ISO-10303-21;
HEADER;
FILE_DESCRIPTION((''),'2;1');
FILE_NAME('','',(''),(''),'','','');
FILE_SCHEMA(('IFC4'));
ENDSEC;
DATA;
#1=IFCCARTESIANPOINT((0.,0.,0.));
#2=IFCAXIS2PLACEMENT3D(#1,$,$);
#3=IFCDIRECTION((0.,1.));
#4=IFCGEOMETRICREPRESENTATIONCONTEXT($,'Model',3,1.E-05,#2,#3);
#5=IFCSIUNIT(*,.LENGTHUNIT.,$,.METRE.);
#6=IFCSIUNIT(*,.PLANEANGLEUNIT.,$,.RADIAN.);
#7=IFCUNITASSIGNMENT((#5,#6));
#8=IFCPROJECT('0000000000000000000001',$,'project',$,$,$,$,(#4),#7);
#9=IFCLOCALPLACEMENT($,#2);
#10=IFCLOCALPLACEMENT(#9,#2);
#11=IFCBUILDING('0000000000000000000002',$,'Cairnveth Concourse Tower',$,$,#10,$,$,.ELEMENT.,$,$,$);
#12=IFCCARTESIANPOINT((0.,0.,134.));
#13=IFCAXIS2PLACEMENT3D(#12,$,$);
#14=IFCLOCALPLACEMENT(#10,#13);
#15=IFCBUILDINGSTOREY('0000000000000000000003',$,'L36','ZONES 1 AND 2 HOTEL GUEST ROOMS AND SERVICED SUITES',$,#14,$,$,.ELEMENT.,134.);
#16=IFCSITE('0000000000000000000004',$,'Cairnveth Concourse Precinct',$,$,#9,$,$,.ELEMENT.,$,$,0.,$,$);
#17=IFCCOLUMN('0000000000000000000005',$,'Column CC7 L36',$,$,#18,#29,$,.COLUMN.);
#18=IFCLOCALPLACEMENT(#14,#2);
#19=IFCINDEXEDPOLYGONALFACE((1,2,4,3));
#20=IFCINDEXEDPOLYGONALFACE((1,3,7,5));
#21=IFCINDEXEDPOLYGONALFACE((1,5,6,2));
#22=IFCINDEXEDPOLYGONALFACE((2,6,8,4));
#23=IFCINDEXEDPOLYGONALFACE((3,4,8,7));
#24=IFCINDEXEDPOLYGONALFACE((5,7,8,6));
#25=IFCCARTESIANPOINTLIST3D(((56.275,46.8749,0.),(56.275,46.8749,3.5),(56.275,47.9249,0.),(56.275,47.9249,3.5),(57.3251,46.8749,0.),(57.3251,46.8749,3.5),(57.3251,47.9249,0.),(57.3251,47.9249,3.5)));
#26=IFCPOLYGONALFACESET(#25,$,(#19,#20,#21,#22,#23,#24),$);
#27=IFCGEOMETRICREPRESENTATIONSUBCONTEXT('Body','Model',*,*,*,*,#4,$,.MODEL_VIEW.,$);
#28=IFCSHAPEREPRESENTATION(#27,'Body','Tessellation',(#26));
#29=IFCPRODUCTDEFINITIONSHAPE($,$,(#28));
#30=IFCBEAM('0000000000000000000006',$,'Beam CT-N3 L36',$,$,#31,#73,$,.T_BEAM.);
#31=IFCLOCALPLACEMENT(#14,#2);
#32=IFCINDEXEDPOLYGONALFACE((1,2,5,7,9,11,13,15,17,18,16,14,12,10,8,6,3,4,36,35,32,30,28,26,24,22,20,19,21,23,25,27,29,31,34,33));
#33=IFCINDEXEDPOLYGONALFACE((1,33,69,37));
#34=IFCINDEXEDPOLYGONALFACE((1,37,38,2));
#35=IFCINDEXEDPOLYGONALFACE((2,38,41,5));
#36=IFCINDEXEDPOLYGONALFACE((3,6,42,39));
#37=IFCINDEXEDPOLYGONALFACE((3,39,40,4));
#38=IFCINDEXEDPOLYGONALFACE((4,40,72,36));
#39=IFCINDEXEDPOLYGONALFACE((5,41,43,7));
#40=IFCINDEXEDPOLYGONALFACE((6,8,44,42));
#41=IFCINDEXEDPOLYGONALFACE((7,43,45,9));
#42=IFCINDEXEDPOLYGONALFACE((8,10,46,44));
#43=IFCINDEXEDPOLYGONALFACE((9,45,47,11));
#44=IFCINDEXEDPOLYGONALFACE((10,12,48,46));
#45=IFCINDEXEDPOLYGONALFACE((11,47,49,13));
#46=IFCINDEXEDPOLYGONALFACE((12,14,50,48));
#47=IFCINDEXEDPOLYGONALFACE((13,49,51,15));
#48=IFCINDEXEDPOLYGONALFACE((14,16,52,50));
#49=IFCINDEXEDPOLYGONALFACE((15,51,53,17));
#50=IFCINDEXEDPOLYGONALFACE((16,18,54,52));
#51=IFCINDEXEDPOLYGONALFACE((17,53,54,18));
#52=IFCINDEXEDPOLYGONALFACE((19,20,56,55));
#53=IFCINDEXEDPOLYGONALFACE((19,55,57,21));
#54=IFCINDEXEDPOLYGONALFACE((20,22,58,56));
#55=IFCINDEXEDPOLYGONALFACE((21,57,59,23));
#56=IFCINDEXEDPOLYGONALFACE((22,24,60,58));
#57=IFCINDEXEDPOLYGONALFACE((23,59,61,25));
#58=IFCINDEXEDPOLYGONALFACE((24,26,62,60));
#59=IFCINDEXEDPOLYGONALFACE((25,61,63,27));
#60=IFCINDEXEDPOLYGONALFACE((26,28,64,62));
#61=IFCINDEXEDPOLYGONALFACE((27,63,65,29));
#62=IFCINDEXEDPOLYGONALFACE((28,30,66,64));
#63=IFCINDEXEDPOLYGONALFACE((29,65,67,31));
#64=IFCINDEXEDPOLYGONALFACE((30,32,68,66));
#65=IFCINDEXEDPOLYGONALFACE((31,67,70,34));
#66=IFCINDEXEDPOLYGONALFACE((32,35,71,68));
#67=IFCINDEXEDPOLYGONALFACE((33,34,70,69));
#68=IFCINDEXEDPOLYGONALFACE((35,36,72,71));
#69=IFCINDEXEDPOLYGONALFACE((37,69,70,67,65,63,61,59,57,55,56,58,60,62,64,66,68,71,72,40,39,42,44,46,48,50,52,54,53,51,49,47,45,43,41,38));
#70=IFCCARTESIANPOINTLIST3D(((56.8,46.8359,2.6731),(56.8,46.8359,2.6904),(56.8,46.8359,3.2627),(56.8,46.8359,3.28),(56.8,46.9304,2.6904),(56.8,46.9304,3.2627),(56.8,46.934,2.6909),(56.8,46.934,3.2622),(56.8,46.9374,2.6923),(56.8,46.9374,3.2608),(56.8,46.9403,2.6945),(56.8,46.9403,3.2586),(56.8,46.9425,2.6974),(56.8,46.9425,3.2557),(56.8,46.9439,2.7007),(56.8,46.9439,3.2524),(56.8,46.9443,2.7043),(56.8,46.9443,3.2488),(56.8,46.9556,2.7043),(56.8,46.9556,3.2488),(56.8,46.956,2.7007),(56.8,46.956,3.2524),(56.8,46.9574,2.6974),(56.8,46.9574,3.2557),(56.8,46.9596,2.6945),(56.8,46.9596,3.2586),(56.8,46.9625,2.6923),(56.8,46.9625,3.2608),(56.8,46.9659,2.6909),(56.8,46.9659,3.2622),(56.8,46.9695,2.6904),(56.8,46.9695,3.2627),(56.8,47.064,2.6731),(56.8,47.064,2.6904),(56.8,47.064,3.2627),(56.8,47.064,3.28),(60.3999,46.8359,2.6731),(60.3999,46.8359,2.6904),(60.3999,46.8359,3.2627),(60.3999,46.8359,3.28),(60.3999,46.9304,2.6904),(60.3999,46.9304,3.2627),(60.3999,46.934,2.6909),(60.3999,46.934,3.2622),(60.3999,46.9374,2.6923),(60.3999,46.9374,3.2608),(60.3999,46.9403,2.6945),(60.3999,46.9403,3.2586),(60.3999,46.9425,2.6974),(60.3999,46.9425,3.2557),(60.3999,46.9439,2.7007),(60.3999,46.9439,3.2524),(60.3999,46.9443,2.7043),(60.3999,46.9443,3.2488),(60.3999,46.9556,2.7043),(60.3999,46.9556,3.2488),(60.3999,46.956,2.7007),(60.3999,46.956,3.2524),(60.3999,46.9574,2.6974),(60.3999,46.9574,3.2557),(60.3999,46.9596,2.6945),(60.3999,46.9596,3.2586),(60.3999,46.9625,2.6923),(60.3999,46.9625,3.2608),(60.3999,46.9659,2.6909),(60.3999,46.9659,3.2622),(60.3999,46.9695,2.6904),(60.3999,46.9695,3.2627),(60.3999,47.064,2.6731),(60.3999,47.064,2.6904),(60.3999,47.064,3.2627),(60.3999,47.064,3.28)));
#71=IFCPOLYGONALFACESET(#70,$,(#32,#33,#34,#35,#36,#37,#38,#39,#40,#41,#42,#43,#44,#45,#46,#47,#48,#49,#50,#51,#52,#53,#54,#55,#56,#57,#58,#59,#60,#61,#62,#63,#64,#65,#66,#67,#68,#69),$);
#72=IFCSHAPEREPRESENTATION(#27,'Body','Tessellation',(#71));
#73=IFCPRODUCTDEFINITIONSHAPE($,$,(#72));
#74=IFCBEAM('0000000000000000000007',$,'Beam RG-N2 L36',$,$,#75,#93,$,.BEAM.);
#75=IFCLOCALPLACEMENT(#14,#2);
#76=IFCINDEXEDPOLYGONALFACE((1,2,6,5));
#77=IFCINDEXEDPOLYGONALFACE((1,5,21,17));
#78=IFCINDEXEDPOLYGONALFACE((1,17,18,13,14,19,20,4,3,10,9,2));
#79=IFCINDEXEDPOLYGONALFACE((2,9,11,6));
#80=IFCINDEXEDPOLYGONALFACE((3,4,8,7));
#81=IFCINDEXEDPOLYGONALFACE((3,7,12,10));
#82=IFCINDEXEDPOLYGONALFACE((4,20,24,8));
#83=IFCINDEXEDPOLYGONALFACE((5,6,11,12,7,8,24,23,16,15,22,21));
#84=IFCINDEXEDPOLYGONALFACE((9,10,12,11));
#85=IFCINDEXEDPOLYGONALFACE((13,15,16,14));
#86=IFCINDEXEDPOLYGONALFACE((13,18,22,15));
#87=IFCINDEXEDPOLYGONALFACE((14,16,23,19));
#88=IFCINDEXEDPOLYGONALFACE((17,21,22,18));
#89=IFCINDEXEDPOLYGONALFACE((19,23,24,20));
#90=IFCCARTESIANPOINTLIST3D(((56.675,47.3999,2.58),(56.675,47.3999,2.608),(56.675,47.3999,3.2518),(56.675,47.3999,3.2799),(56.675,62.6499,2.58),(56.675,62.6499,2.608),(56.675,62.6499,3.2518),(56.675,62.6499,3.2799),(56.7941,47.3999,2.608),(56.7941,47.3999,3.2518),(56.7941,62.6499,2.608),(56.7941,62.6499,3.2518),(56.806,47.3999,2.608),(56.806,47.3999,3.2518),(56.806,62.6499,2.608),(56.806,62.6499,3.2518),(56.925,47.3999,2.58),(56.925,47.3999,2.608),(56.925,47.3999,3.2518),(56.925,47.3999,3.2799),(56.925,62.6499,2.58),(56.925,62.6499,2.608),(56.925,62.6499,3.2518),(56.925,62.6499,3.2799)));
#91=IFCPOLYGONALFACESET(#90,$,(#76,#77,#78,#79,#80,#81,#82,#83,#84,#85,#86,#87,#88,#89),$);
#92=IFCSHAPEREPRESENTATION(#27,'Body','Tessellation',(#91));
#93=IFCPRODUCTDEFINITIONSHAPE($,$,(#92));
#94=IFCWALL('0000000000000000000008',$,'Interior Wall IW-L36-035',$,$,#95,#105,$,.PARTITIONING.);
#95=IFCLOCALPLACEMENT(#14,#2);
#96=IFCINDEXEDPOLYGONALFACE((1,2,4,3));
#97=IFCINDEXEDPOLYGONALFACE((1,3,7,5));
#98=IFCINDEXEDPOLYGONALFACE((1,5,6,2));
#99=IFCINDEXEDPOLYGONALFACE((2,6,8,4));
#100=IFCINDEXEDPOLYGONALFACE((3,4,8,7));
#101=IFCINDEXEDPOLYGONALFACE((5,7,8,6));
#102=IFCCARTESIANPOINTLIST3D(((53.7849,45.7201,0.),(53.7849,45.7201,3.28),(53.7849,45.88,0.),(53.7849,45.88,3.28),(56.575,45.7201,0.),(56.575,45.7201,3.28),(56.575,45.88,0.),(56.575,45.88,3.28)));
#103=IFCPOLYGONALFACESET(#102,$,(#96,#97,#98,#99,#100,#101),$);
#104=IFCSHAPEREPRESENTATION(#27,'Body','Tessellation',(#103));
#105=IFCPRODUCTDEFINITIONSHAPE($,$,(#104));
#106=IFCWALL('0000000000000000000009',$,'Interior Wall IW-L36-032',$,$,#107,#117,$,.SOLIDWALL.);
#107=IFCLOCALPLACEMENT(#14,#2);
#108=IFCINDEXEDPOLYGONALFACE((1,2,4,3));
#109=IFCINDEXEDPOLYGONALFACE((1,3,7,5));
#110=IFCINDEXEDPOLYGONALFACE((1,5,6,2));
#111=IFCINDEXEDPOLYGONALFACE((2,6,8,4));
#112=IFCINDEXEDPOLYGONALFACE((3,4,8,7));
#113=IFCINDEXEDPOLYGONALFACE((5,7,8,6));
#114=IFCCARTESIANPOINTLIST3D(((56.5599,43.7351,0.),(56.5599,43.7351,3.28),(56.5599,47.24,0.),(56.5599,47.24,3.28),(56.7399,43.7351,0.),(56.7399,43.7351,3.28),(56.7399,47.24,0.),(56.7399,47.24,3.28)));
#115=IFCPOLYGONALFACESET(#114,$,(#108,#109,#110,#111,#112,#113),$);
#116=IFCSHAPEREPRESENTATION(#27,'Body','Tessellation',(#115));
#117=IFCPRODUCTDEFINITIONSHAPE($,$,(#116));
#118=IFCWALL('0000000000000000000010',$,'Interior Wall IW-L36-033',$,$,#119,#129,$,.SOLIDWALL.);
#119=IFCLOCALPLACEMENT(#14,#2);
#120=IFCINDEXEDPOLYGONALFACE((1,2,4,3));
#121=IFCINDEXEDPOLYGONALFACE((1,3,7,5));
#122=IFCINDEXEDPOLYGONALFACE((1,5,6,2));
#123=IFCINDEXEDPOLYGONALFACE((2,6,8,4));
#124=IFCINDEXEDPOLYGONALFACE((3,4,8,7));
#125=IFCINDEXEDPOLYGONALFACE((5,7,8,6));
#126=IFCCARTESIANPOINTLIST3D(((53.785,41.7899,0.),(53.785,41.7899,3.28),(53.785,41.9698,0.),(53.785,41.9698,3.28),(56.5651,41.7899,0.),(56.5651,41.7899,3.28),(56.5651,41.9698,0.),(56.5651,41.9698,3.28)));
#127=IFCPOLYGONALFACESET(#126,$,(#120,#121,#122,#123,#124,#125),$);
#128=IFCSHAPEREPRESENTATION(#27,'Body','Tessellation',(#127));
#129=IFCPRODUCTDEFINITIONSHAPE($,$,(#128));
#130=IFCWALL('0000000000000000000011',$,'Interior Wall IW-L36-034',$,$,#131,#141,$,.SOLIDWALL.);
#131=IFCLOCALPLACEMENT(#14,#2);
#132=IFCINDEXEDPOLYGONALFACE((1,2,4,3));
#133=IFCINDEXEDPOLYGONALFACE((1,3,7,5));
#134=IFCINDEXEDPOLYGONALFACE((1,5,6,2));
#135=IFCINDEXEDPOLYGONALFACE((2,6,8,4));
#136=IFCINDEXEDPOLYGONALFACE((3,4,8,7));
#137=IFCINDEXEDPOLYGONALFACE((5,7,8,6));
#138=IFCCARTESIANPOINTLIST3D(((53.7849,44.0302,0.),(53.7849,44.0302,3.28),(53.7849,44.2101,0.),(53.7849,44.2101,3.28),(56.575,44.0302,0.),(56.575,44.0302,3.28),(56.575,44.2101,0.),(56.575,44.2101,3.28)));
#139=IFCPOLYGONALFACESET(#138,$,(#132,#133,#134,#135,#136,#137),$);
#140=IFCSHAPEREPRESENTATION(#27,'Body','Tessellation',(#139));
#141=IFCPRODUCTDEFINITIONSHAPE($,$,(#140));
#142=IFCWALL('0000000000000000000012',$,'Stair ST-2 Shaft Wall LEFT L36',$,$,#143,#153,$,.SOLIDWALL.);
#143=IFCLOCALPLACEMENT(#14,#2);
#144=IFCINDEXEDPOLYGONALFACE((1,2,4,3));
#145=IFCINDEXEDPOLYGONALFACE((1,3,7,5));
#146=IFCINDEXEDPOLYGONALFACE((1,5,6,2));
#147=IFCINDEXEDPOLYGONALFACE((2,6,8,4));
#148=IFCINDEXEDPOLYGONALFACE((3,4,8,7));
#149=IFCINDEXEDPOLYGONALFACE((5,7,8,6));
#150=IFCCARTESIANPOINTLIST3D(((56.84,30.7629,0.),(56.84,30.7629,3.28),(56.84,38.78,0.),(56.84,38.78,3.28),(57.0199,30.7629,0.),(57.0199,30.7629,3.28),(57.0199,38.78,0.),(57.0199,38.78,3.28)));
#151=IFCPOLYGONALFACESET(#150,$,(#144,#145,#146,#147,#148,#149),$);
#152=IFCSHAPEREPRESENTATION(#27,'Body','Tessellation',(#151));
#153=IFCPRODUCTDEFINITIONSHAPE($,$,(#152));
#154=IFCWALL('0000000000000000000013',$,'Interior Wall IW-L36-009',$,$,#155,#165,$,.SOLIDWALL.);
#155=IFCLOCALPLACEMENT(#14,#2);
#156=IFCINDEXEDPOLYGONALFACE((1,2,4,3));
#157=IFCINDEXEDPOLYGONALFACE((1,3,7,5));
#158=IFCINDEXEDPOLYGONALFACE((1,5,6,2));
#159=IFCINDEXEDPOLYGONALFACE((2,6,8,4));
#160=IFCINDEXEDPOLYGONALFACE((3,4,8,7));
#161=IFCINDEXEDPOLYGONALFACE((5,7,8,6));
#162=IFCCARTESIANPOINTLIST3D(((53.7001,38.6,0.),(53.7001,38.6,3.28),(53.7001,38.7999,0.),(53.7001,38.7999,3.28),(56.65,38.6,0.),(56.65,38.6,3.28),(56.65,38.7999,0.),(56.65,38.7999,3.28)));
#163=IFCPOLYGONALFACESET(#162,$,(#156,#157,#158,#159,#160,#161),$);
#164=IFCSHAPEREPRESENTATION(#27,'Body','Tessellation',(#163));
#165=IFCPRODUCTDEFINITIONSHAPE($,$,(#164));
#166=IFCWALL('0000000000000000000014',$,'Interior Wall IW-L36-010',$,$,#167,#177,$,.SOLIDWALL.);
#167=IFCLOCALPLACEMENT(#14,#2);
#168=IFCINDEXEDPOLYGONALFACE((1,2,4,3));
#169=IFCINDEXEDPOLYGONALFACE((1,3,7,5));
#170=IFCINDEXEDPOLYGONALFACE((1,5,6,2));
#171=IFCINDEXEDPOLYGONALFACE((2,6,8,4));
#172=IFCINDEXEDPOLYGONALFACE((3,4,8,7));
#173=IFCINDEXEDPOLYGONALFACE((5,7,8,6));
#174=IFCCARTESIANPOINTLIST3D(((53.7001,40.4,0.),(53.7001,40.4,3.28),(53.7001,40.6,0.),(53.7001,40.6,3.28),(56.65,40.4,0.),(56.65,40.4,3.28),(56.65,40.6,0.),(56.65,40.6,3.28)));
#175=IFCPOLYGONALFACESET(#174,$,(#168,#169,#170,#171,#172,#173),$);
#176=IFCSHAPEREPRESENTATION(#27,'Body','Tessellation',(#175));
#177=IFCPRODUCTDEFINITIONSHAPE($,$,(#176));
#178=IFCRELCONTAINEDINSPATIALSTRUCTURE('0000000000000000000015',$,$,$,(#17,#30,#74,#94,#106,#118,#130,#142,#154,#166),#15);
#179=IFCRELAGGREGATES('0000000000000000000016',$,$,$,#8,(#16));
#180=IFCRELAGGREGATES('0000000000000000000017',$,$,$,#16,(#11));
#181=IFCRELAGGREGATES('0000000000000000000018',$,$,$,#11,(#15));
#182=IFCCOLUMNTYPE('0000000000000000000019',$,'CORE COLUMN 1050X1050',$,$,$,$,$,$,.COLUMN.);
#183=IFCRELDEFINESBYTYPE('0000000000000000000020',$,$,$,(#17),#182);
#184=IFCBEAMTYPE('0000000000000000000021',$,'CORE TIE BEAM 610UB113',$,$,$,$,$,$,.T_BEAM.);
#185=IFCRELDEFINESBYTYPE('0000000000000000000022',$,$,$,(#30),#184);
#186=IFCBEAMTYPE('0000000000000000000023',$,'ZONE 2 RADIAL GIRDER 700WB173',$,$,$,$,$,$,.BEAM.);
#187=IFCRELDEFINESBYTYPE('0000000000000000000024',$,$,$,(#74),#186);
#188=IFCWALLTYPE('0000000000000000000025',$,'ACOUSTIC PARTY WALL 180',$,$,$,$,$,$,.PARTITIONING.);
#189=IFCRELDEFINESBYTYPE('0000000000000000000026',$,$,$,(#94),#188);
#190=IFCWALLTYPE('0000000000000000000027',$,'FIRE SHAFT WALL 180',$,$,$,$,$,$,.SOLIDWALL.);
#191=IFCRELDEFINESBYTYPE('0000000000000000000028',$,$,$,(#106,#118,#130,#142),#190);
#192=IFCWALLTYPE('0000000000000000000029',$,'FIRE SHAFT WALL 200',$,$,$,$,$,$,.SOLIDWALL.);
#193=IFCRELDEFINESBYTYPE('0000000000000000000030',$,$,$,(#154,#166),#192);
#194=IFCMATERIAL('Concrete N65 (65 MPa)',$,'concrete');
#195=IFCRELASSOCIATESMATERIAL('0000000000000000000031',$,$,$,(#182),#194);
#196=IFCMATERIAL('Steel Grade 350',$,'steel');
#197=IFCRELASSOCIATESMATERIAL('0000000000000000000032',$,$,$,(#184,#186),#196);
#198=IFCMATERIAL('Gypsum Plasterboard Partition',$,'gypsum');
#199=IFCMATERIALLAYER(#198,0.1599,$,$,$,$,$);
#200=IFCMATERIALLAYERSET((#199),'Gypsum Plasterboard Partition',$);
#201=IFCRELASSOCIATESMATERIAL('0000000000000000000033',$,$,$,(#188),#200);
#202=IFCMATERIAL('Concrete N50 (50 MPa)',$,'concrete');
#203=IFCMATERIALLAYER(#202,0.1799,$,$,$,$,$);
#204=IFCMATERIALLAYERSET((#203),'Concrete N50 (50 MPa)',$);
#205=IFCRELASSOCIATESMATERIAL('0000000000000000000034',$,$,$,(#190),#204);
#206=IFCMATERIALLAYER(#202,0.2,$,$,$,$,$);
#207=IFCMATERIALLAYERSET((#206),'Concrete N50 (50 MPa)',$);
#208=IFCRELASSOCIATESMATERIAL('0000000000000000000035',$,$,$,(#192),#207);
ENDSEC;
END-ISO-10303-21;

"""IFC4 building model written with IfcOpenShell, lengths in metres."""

from ifc_helpers import new_model, si_unit, direction, frame, frame_2d, origin, origin_2d, place, context, subcontext, project, spatial, rectangle, i_section, extrude, material, layer, layer_set, material_profile, profile_set, type_object, element, save


model = new_model("IFC4")

# Units and contexts
model_context = context("Model", 3, precision=1e-05, world=origin(), true_north=direction((0.0, 1.0)))
body_context = subcontext(model_context, "Body", "Model", "MODEL_VIEW")
ifc_project = project(units=[si_unit("LENGTHUNIT", "METRE"), si_unit("PLANEANGLEUNIT", "RADIAN")], contexts=[model_context])

# Site, building, storey
site_placement = place(None, origin())
site = spatial("IfcSite", under=ifc_project, at=site_placement, Name="Cairnveth Concourse Precinct", CompositionType="ELEMENT", RefElevation=0.0)
building_placement = place(site_placement, origin())
building = spatial("IfcBuilding", under=site, at=building_placement, Name="Cairnveth Concourse Tower", CompositionType="ELEMENT")
storey_placement = place(building_placement, frame((0.0, 0.0, 134.0)))
storey = spatial("IfcBuildingStorey", under=building, at=storey_placement, Name="L36", Description="ZONES 1 AND 2 HOTEL GUEST ROOMS AND SERVICED SUITES", CompositionType="ELEMENT", Elevation=134.0)

# Column
ifc_material_1 = material(Name="Concrete N65 (65 MPa)", Category="concrete")
ifc_material_profile_1 = material_profile(ifc_material_1, rectangle(XDim=1.05, YDim=1.05, at=origin_2d()), Name="RC-COL-1050x1050")
ifc_profile_set_1 = profile_set([ifc_material_profile_1], Name="Concrete N65 (65 MPa)")
column_type = type_object("IfcColumnType", Name="CORE COLUMN 1050X1050", PredefinedType="COLUMN", material=ifc_profile_set_1)
column_placement = place(storey_placement, frame((56.8, 47.3999, 0.0), z_axis=(0.0, 0.0, 1.0), x_axis=(1.0, 0.0, 0.0)))
element("IfcColumn", 1, at=column_placement, inside=storey, type_object=column_type, Name="Column CC7 L36", PredefinedType="COLUMN", context=body_context, shape_type="SweptSolid", body=[
    extrude(rectangle(XDim=1.05, YDim=1.05, at=origin_2d()), origin(), (0.0, 0.0, 1.0), 3.5),
])

# Beams
ifc_material_2 = material(Name="Steel Grade 350", Category="steel")
ifc_material_profile_2 = material_profile(ifc_material_2, i_section(OverallWidth=0.228, OverallDepth=0.6069, WebThickness=0.0112, FlangeThickness=0.0173, FilletRadius=0.0139, at=origin_2d()), Name="610UB113")
ifc_profile_set_2 = profile_set([ifc_material_profile_2], Name="Steel Grade 350")
beam_type_1 = type_object("IfcBeamType", Name="CORE TIE BEAM 610UB113", PredefinedType="T_BEAM", material=ifc_profile_set_2)
beam_1_placement = place(storey_placement, frame((56.8, 46.95, 2.9766), z_axis=(1.0, 0.0, 0.0), x_axis=(0.0, 1.0, 0.0)))
element("IfcBeam", 2, at=beam_1_placement, inside=storey, type_object=beam_type_1, Name="Beam CT-N3 L36", PredefinedType="T_BEAM", context=body_context, shape_type="SweptSolid", body=[
    extrude(i_section(OverallWidth=0.228, OverallDepth=0.6069, WebThickness=0.0112, FlangeThickness=0.0173, FilletRadius=0.0139, at=origin_2d()), origin(), (0.0, 0.0, 1.0), 3.5999),
])
ifc_material_profile_3 = material_profile(ifc_material_2, i_section(OverallWidth=0.25, OverallDepth=0.7, WebThickness=0.012, FlangeThickness=0.0281, at=origin_2d()), Name="700WB173")
ifc_profile_set_3 = profile_set([ifc_material_profile_3], Name="Steel Grade 350")
beam_type_2 = type_object("IfcBeamType", Name="ZONE 2 RADIAL GIRDER 700WB173", PredefinedType="BEAM", material=ifc_profile_set_3)
beam_2_placement = place(storey_placement, frame((56.8, 47.3999, 2.9299), z_axis=(0.0, 1.0, 0.0), x_axis=(-1.0, 0.0, 0.0)))
element("IfcBeam", 3, at=beam_2_placement, inside=storey, type_object=beam_type_2, Name="Beam RG-N2 L36", PredefinedType="BEAM", context=body_context, shape_type="SweptSolid", body=[
    extrude(i_section(OverallWidth=0.25, OverallDepth=0.7, WebThickness=0.012, FlangeThickness=0.0281, at=origin_2d()), origin(), (0.0, 0.0, 1.0), 15.25),
])

# Walls
ifc_material_3 = material(Name="Gypsum Plasterboard Partition", Category="gypsum")
ifc_layer_1 = layer(ifc_material_3, 0.1599)
ifc_layer_set_1 = layer_set([ifc_layer_1], Name="Gypsum Plasterboard Partition")
wall_type_1 = type_object("IfcWallType", Name="ACOUSTIC PARTY WALL 180", PredefinedType="PARTITIONING", material=ifc_layer_set_1)
wall_1_placement = place(storey_placement, frame((53.7849, 45.8, 0.0), z_axis=(0.0, 0.0, 1.0), x_axis=(1.0, 0.0, 0.0)))
element("IfcWall", 4, at=wall_1_placement, inside=storey, type_object=wall_type_1, Name="Interior Wall IW-L36-035", PredefinedType="PARTITIONING", context=body_context, shape_type="SweptSolid", body=[
    extrude(rectangle(XDim=2.79, YDim=0.1599, at=frame_2d((1.395, 0.0))), origin(), (0.0, 0.0, 1.0), 3.28),
])
ifc_material_4 = material(Name="Concrete N50 (50 MPa)", Category="concrete")
ifc_layer_2 = layer(ifc_material_4, 0.1799)
ifc_layer_set_2 = layer_set([ifc_layer_2], Name="Concrete N50 (50 MPa)")
wall_type_2 = type_object("IfcWallType", Name="FIRE SHAFT WALL 180", PredefinedType="SOLIDWALL", material=ifc_layer_set_2)
wall_2_placement = place(storey_placement, frame((56.6499, 43.7351, 0.0), z_axis=(0.0, 0.0, 1.0), x_axis=(0.0, 1.0, 0.0)))
element("IfcWall", 5, at=wall_2_placement, inside=storey, type_object=wall_type_2, Name="Interior Wall IW-L36-032", PredefinedType="SOLIDWALL", context=body_context, shape_type="SweptSolid", body=[
    extrude(rectangle(XDim=3.5049, YDim=0.1799, at=frame_2d((1.7524, 0.0))), origin(), (0.0, 0.0, 1.0), 3.28),
])
wall_3_placement = place(storey_placement, frame((53.7849, 41.8799, 0.0), z_axis=(0.0, 0.0, 1.0), x_axis=(1.0, 0.0, 0.0)))
element("IfcWall", 6, at=wall_3_placement, inside=storey, type_object=wall_type_2, Name="Interior Wall IW-L36-033", PredefinedType="SOLIDWALL", context=body_context, shape_type="SweptSolid", body=[
    extrude(rectangle(XDim=2.78, YDim=0.1799, at=frame_2d((1.3901, 0.0))), origin(), (0.0, 0.0, 1.0), 3.28),
])
wall_4_placement = place(storey_placement, frame((53.7849, 44.1201, 0.0), z_axis=(0.0, 0.0, 1.0), x_axis=(1.0, 0.0, 0.0)))
element("IfcWall", 7, at=wall_4_placement, inside=storey, type_object=wall_type_2, Name="Interior Wall IW-L36-034", PredefinedType="SOLIDWALL", context=body_context, shape_type="SweptSolid", body=[
    extrude(rectangle(XDim=2.79, YDim=0.1799, at=frame_2d((1.395, 0.0))), origin(), (0.0, 0.0, 1.0), 3.28),
])

# Walls
wall_5_placement = place(storey_placement, frame((56.9299, 38.78, 0.0), z_axis=(0.0, 0.0, 1.0), x_axis=(0.0, -1.0, 0.0)))
element("IfcWall", 8, at=wall_5_placement, inside=storey, type_object=wall_type_2, Name="Stair ST-2 Shaft Wall LEFT L36", PredefinedType="SOLIDWALL", context=body_context, shape_type="SweptSolid", body=[
    extrude(rectangle(XDim=8.0171, YDim=0.1799, at=frame_2d((4.0085, 0.0))), origin(), (0.0, 0.0, 1.0), 3.28),
])
ifc_layer_3 = layer(ifc_material_4, 0.2)
ifc_layer_set_3 = layer_set([ifc_layer_3], Name="Concrete N50 (50 MPa)")
wall_type_3 = type_object("IfcWallType", Name="FIRE SHAFT WALL 200", PredefinedType="SOLIDWALL", material=ifc_layer_set_3)
for number, where, z_axis, x_axis, name in (
    (9, (53.7, 38.7, 0.0), (0.0, 0.0, 1.0), (1.0, 0.0, 0.0), "Interior Wall IW-L36-009"),
    (10, (53.7, 40.5, 0.0), (0.0, 0.0, 1.0), (1.0, 0.0, 0.0), "Interior Wall IW-L36-010"),
):
    element("IfcWall", number, at=place(storey_placement, frame(where, z_axis=z_axis, x_axis=x_axis)), inside=storey, type_object=wall_type_3, Name=name, PredefinedType="SOLIDWALL", context=body_context, shape_type="SweptSolid", body=[
        extrude(rectangle(XDim=2.95, YDim=0.2, at=frame_2d((1.4751, 0.0))), origin(), (0.0, 0.0, 1.0), 3.28),
    ])

save(model, "model.ifc")
